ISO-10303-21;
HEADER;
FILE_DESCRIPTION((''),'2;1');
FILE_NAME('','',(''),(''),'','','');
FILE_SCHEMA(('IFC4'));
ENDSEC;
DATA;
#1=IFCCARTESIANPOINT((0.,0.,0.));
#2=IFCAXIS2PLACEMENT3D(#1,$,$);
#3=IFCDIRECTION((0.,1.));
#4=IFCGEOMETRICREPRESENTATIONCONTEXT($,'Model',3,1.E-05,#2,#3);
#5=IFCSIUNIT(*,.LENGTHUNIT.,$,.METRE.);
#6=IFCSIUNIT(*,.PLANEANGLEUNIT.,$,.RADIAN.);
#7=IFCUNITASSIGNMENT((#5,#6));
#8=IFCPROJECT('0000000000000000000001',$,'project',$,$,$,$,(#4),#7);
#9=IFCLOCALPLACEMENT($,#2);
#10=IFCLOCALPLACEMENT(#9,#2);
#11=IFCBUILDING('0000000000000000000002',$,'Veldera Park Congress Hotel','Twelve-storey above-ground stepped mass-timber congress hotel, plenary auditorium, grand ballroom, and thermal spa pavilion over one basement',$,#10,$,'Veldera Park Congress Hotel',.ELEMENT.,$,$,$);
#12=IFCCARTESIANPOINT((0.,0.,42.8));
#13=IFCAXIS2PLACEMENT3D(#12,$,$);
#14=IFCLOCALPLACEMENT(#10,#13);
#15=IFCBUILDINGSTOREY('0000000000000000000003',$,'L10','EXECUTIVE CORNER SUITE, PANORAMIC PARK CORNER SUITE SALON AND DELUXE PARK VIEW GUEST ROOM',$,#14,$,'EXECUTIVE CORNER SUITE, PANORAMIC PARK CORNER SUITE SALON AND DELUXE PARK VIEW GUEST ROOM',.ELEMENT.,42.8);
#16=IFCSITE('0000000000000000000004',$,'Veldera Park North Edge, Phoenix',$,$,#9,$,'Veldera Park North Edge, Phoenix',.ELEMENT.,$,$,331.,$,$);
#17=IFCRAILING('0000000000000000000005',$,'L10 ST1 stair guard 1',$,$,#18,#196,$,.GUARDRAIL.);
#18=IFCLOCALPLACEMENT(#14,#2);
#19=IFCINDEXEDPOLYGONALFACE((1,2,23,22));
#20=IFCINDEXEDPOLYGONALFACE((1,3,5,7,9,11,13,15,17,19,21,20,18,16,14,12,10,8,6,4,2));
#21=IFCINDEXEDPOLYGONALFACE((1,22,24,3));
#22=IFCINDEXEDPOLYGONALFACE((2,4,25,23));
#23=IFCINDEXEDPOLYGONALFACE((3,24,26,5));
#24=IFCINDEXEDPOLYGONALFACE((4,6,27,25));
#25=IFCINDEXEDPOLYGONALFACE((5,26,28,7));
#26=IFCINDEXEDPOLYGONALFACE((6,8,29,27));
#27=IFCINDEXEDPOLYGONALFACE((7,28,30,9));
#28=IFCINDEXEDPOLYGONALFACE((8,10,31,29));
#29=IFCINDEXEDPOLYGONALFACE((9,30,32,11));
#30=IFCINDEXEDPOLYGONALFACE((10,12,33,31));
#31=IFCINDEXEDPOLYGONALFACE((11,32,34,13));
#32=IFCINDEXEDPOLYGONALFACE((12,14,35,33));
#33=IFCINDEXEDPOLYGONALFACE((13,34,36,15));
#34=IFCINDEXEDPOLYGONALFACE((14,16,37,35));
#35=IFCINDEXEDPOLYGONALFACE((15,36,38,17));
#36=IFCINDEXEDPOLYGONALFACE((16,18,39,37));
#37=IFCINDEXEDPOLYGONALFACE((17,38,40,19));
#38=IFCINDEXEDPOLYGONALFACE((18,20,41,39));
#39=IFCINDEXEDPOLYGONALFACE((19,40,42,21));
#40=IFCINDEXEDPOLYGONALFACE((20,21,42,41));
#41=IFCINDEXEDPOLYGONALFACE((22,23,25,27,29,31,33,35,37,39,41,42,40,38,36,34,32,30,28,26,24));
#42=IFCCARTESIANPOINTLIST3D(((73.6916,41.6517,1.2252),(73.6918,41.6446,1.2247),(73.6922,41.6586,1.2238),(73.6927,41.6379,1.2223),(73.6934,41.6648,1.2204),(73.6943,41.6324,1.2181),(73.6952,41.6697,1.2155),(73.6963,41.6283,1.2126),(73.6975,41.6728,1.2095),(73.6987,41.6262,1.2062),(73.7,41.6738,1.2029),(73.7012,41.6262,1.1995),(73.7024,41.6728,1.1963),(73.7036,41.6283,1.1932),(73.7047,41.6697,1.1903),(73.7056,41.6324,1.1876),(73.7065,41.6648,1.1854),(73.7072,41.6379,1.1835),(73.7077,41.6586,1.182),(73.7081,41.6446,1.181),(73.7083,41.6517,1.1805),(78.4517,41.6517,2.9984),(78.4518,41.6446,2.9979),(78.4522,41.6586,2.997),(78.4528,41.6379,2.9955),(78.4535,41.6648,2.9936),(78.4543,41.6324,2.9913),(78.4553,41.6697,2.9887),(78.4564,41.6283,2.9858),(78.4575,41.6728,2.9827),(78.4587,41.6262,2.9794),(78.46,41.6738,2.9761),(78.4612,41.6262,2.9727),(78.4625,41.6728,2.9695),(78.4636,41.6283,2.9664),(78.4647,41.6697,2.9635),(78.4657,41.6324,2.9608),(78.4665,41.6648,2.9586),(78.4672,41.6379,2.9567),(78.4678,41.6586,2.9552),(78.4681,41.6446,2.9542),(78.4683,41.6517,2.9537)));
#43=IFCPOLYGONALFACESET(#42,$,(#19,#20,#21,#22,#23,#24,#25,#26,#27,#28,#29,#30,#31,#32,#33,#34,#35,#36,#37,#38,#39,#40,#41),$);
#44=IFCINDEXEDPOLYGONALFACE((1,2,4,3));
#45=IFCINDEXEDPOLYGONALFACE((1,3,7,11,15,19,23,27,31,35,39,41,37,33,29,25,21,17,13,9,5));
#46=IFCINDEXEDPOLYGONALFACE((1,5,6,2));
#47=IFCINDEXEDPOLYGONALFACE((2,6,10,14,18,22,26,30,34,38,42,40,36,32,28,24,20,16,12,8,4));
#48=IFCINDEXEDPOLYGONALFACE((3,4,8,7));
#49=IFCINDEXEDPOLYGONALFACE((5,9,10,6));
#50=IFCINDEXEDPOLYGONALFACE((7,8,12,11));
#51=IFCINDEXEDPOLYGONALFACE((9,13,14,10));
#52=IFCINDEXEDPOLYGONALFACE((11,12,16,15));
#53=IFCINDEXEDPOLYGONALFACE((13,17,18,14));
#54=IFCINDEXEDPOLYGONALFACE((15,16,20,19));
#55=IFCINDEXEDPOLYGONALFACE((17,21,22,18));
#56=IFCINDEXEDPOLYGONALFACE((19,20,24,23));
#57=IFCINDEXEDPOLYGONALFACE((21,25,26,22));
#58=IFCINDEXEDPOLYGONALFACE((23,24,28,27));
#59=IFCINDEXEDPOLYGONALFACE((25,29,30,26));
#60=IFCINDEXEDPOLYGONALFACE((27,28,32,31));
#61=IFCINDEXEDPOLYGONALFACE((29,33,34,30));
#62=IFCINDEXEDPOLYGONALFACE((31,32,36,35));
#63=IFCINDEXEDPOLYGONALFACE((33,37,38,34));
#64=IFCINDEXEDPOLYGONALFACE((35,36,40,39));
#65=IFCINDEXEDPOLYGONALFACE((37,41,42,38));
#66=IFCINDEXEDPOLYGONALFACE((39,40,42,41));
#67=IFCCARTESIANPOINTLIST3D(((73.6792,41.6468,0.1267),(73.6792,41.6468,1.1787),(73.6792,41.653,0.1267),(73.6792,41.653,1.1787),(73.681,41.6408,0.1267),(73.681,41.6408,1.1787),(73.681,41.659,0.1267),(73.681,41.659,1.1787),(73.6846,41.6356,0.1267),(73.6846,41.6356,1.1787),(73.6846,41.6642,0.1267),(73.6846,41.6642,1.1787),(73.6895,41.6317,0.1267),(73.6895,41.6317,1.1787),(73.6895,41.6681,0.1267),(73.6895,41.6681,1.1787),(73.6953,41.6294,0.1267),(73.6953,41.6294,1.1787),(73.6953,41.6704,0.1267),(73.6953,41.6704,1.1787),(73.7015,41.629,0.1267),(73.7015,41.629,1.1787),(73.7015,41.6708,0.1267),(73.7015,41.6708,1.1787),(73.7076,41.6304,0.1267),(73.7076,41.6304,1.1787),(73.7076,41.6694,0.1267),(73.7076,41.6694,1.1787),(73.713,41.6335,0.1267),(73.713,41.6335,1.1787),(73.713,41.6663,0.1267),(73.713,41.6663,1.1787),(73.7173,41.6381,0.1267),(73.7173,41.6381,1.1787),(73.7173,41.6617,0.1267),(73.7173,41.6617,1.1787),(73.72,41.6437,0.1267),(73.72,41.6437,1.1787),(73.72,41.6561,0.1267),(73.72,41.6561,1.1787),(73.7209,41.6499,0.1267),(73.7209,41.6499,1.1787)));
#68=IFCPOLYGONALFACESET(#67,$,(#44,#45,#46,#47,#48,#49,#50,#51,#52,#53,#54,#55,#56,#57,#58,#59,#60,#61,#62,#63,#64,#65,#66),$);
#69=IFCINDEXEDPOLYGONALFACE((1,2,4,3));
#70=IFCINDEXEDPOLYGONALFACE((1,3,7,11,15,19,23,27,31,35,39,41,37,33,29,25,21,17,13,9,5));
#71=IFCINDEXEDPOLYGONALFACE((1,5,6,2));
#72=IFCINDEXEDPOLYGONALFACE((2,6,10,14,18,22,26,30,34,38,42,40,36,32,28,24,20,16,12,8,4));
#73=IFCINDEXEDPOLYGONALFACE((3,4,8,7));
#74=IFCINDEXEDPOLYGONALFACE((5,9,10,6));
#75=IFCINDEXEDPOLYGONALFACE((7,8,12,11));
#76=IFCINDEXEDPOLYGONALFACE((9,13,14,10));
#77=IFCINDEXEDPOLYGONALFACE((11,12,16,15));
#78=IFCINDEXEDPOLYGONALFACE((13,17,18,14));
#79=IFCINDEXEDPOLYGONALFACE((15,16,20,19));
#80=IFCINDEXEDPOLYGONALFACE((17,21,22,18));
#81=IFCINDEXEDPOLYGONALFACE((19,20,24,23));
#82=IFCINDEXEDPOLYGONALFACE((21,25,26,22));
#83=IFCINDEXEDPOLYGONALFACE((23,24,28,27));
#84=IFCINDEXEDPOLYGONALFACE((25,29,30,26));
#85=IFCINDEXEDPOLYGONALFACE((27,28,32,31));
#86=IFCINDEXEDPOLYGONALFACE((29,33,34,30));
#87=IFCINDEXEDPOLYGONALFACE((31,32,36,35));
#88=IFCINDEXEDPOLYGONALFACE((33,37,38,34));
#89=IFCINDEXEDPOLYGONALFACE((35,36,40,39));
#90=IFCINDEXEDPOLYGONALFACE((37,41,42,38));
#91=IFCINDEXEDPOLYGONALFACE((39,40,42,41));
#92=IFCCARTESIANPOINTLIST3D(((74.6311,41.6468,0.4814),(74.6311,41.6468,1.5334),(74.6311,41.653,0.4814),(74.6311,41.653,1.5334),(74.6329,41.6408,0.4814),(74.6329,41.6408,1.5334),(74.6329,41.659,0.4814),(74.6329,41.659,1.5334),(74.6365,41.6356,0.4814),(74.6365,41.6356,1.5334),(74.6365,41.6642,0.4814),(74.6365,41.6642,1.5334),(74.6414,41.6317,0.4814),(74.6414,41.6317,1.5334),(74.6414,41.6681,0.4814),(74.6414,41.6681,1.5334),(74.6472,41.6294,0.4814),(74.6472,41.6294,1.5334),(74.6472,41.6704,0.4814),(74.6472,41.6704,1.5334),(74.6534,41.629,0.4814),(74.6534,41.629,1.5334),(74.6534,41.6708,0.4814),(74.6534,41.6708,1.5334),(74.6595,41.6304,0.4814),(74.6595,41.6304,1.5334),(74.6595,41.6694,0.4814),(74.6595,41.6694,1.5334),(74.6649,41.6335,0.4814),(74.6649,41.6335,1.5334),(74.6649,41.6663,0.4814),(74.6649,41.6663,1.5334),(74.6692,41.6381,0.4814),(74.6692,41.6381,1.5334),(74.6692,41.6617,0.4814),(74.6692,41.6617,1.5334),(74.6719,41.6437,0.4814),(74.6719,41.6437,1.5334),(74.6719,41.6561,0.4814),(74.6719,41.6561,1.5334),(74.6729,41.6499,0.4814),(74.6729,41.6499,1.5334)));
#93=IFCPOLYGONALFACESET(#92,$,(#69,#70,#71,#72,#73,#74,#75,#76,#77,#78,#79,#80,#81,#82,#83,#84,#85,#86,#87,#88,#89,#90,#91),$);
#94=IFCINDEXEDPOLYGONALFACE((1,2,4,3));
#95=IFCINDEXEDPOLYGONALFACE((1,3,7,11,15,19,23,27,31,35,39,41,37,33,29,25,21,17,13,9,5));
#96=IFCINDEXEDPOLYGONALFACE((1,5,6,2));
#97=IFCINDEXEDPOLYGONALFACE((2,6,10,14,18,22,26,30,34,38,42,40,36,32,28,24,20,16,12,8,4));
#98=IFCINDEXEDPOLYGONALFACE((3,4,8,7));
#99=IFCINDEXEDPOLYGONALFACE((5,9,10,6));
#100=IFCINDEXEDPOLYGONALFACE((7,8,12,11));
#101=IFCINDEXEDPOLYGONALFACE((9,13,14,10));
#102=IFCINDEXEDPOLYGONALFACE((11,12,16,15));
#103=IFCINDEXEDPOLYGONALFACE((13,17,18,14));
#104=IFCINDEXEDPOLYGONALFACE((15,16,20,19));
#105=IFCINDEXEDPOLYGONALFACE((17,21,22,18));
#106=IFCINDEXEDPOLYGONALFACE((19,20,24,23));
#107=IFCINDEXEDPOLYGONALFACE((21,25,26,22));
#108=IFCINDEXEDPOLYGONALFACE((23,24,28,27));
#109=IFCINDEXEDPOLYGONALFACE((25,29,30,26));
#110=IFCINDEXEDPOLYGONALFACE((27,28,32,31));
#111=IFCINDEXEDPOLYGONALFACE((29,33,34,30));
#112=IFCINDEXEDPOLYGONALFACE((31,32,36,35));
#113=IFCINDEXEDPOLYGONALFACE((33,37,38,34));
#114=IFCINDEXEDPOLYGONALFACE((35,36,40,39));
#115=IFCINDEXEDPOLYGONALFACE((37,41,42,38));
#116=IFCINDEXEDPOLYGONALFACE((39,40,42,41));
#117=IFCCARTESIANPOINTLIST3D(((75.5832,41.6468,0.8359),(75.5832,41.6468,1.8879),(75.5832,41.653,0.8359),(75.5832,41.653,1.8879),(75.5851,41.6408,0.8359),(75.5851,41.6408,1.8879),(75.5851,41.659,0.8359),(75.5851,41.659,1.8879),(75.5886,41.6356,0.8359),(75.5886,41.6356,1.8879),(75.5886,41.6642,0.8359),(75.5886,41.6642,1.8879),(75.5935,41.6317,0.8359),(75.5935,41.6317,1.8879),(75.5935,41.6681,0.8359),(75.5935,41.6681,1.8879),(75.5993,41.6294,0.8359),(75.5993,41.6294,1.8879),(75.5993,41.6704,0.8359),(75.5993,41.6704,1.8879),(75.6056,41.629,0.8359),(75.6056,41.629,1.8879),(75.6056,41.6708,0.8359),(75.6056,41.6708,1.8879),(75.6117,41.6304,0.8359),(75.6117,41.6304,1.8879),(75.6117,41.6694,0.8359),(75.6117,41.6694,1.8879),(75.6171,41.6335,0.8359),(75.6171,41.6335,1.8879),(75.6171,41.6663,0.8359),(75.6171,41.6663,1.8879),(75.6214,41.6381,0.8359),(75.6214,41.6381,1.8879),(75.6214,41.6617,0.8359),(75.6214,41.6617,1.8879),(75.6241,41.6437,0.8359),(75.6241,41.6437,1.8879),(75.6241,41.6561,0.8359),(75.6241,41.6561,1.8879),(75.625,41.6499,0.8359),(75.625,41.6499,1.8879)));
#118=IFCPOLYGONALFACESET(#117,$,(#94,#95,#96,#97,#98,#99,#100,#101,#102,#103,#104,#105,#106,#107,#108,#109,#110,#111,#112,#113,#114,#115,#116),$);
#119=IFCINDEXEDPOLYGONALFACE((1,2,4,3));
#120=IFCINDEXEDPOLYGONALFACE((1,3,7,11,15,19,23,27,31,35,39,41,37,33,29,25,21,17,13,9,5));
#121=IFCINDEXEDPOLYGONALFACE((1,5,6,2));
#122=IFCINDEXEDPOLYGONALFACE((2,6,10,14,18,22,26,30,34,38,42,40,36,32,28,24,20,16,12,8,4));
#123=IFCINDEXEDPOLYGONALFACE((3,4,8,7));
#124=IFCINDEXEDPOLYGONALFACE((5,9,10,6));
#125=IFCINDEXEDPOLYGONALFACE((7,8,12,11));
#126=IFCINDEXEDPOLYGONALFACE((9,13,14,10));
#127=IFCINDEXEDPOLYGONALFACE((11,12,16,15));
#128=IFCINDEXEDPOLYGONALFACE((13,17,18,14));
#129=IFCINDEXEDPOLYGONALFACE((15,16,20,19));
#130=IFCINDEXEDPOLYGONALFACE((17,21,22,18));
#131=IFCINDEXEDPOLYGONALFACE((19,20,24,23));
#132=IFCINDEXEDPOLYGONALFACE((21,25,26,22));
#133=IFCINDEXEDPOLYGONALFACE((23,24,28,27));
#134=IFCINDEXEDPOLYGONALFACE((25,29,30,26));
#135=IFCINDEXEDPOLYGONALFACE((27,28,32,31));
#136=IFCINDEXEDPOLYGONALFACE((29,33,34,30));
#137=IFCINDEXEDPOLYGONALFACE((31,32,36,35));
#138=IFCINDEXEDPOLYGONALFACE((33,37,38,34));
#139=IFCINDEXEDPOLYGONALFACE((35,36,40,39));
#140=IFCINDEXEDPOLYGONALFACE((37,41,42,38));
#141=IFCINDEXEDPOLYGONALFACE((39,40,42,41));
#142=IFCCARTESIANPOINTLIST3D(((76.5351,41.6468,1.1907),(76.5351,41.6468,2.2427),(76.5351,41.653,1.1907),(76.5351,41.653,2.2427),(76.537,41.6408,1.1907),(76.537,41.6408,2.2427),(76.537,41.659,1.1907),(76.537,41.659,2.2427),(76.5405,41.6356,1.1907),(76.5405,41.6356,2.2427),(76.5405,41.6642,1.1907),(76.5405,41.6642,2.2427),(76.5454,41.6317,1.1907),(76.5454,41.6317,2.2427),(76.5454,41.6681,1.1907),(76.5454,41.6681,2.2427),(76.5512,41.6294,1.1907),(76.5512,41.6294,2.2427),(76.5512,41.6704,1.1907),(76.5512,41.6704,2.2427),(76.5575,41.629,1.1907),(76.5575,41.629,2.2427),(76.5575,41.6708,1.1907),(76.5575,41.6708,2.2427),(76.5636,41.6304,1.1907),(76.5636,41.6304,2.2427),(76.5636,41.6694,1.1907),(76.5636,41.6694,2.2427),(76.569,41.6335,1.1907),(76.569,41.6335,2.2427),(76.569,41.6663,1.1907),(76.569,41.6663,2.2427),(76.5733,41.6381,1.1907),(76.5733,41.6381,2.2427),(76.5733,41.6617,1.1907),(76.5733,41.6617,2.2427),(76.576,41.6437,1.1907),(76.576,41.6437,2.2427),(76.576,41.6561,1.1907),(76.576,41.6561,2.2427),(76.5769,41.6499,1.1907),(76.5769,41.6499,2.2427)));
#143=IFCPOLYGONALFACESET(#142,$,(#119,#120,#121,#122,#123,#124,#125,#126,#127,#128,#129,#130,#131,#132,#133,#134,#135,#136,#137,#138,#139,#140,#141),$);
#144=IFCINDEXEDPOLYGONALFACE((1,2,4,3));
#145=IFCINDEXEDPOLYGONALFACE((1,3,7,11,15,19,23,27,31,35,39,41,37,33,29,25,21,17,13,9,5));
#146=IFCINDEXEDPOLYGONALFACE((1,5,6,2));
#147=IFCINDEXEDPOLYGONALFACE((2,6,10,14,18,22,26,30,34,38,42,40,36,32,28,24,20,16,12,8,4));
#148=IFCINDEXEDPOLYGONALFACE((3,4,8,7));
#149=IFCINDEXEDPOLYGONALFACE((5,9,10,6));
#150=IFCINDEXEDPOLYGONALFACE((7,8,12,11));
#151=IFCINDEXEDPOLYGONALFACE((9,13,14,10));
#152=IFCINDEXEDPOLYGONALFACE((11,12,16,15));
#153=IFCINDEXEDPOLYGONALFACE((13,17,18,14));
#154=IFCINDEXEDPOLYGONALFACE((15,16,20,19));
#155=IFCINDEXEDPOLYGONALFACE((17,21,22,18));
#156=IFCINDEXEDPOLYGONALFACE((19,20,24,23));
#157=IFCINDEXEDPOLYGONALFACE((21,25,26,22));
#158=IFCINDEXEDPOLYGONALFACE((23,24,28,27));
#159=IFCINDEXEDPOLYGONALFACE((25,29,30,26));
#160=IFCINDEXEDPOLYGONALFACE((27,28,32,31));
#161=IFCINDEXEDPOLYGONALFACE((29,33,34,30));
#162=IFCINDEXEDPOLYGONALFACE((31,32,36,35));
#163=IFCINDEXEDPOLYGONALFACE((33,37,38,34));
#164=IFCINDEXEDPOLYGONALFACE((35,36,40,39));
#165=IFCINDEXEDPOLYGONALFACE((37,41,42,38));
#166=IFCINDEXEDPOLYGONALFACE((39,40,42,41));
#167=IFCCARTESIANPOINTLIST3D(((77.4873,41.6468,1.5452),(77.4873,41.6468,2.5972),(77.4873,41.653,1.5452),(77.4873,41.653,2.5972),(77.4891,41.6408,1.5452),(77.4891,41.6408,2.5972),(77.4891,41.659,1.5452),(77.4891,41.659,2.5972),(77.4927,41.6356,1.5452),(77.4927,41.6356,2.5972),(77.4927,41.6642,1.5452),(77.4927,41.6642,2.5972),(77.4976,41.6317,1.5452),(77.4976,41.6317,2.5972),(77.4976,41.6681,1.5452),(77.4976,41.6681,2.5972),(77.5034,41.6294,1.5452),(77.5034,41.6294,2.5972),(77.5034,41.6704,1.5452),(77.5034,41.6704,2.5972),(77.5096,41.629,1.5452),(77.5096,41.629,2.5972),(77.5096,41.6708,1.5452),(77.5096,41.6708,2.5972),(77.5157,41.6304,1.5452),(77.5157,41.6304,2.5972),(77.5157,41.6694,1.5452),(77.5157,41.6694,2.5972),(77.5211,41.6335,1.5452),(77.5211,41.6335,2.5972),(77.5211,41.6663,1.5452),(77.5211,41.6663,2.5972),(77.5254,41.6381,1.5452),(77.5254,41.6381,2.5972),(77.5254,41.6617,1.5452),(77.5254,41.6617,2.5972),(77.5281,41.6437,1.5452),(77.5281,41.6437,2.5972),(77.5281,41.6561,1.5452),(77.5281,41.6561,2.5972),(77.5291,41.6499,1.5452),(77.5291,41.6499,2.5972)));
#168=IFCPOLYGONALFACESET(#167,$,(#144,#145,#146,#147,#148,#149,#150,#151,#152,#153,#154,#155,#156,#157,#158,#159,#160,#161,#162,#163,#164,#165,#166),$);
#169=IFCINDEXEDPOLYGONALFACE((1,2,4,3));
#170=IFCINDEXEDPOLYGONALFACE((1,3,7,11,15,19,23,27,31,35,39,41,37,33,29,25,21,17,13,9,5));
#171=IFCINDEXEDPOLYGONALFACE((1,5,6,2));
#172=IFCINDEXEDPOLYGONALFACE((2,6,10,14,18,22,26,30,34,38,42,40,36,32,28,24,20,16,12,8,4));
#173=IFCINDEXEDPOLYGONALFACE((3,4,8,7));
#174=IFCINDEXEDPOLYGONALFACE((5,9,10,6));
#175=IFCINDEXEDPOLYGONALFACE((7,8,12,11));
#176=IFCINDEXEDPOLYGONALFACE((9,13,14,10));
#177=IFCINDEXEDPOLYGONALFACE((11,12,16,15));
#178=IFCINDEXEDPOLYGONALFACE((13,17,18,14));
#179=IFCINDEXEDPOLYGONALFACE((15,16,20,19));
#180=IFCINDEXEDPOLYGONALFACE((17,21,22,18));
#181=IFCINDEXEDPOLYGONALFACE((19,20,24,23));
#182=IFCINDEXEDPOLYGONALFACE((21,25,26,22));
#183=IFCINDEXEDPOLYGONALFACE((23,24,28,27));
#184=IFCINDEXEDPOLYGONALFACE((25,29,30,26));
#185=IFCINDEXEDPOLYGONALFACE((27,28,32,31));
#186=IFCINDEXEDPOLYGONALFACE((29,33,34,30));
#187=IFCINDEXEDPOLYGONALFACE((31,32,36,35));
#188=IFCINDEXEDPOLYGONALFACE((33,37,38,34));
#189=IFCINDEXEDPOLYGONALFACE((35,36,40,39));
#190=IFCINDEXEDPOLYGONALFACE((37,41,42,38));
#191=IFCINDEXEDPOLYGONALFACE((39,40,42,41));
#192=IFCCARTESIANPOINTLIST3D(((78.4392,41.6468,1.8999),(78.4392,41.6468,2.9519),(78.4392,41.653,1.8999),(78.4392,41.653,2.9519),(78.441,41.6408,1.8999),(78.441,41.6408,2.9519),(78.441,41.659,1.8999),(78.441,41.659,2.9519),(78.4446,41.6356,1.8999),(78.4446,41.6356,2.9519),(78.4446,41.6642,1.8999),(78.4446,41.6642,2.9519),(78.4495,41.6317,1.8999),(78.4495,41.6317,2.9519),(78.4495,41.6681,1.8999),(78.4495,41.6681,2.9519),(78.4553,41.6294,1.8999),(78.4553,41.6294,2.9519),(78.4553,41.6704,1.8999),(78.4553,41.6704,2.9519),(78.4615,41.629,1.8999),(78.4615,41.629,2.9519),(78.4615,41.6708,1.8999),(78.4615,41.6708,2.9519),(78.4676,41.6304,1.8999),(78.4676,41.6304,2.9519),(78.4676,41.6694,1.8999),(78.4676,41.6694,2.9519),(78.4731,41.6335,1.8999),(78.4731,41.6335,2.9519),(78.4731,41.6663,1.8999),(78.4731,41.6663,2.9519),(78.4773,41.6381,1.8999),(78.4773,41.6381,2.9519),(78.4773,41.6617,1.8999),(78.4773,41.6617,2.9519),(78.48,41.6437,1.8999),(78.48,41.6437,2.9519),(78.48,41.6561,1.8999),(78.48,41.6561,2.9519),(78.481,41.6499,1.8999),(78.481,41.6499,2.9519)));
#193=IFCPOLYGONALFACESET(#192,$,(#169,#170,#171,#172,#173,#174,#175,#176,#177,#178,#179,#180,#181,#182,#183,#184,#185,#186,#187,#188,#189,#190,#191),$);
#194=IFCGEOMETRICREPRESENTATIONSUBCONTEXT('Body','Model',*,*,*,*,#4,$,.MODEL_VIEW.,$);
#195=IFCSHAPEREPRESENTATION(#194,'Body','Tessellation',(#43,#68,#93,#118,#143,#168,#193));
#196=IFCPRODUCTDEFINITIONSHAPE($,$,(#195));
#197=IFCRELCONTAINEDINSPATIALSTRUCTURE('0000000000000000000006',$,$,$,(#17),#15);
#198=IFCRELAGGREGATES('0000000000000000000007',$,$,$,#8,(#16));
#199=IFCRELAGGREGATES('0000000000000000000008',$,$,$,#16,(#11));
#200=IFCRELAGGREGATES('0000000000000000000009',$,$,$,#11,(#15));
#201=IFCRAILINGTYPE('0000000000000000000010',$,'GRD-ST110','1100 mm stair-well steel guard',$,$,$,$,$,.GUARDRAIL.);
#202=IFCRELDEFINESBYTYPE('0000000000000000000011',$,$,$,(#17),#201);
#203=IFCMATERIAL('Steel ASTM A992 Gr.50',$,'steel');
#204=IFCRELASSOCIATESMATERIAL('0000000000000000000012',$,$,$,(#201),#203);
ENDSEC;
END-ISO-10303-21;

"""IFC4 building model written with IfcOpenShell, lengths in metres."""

from ifc_helpers import new_model, si_unit, direction, frame, origin, origin_2d, place, context, subcontext, project, spatial, circle, extrude, material, type_object, element, save


model = new_model("IFC4")

# Units and contexts
model_context = context("Model", 3, precision=1e-05, world=origin(), true_north=direction((0.0, 1.0)))
body_context = subcontext(model_context, "Body", "Model", "MODEL_VIEW")
ifc_project = project(units=[si_unit("LENGTHUNIT", "METRE"), si_unit("PLANEANGLEUNIT", "RADIAN")], contexts=[model_context])

# Site, building, storey
site_placement = place(None, origin())
site = spatial("IfcSite", under=ifc_project, at=site_placement, Name="Veldera Park North Edge, Phoenix", LongName="Veldera Park North Edge, Phoenix", CompositionType="ELEMENT", RefElevation=331.0)
building_placement = place(site_placement, origin())
building = spatial("IfcBuilding", under=site, at=building_placement, Name="Veldera Park Congress Hotel", Description="Twelve-storey above-ground stepped mass-timber congress hotel, plenary auditorium, grand ballroom, and thermal spa pavilion over one basement", LongName="Veldera Park Congress Hotel", CompositionType="ELEMENT")
storey_placement = place(building_placement, frame((0.0, 0.0, 42.8)))
storey = spatial("IfcBuildingStorey", under=building, at=storey_placement, Name="L10", Description="EXECUTIVE CORNER SUITE, PANORAMIC PARK CORNER SUITE SALON AND DELUXE PARK VIEW GUEST ROOM", LongName="EXECUTIVE CORNER SUITE, PANORAMIC PARK CORNER SUITE SALON AND DELUXE PARK VIEW GUEST ROOM", CompositionType="ELEMENT", Elevation=42.8)

# Railing
ifc_material_1 = material(Name="Steel ASTM A992 Gr.50", Category="steel")
railing_type = type_object("IfcRailingType", Name="GRD-ST110", Description="1100 mm stair-well steel guard", PredefinedType="GUARDRAIL", material=ifc_material_1)
railing_1_placement = place(storey_placement, frame((73.7, 41.6499, 0.1267)))
element("IfcRailing", 1, at=railing_1_placement, inside=storey, type_object=railing_type, Name="L10 ST1 stair guard 1", PredefinedType="GUARDRAIL", context=body_context, shape_type="SweptSolid", body=[
    extrude(circle(Radius=0.0239, at=origin_2d()), frame((0.0, 0.0, 1.0762), z_axis=(0.937091, 0.0, 0.349084), x_axis=(0.0, 1.0, 0.0)), (0.0, 0.0, 1.0), 5.0796),
    extrude(circle(Radius=0.021, at=origin_2d()), origin(), (0.0, 0.0, 1.0), 1.052),
    extrude(circle(Radius=0.021, at=origin_2d()), frame((0.9519, 0.0, 0.3547)), (0.0, 0.0, 1.0), 1.052),
    extrude(circle(Radius=0.021, at=origin_2d()), frame((1.9041, 0.0, 0.7092)), (0.0, 0.0, 1.0), 1.052),
    extrude(circle(Radius=0.021, at=origin_2d()), frame((2.856, 0.0, 1.064)), (0.0, 0.0, 1.0), 1.052),
    extrude(circle(Radius=0.021, at=origin_2d()), frame((3.8081, 0.0, 1.4185)), (0.0, 0.0, 1.0), 1.052),
    extrude(circle(Radius=0.021, at=origin_2d()), frame((4.76, 0.0, 1.7732)), (0.0, 0.0, 1.0), 1.052),
])

save(model, "model.ifc")
